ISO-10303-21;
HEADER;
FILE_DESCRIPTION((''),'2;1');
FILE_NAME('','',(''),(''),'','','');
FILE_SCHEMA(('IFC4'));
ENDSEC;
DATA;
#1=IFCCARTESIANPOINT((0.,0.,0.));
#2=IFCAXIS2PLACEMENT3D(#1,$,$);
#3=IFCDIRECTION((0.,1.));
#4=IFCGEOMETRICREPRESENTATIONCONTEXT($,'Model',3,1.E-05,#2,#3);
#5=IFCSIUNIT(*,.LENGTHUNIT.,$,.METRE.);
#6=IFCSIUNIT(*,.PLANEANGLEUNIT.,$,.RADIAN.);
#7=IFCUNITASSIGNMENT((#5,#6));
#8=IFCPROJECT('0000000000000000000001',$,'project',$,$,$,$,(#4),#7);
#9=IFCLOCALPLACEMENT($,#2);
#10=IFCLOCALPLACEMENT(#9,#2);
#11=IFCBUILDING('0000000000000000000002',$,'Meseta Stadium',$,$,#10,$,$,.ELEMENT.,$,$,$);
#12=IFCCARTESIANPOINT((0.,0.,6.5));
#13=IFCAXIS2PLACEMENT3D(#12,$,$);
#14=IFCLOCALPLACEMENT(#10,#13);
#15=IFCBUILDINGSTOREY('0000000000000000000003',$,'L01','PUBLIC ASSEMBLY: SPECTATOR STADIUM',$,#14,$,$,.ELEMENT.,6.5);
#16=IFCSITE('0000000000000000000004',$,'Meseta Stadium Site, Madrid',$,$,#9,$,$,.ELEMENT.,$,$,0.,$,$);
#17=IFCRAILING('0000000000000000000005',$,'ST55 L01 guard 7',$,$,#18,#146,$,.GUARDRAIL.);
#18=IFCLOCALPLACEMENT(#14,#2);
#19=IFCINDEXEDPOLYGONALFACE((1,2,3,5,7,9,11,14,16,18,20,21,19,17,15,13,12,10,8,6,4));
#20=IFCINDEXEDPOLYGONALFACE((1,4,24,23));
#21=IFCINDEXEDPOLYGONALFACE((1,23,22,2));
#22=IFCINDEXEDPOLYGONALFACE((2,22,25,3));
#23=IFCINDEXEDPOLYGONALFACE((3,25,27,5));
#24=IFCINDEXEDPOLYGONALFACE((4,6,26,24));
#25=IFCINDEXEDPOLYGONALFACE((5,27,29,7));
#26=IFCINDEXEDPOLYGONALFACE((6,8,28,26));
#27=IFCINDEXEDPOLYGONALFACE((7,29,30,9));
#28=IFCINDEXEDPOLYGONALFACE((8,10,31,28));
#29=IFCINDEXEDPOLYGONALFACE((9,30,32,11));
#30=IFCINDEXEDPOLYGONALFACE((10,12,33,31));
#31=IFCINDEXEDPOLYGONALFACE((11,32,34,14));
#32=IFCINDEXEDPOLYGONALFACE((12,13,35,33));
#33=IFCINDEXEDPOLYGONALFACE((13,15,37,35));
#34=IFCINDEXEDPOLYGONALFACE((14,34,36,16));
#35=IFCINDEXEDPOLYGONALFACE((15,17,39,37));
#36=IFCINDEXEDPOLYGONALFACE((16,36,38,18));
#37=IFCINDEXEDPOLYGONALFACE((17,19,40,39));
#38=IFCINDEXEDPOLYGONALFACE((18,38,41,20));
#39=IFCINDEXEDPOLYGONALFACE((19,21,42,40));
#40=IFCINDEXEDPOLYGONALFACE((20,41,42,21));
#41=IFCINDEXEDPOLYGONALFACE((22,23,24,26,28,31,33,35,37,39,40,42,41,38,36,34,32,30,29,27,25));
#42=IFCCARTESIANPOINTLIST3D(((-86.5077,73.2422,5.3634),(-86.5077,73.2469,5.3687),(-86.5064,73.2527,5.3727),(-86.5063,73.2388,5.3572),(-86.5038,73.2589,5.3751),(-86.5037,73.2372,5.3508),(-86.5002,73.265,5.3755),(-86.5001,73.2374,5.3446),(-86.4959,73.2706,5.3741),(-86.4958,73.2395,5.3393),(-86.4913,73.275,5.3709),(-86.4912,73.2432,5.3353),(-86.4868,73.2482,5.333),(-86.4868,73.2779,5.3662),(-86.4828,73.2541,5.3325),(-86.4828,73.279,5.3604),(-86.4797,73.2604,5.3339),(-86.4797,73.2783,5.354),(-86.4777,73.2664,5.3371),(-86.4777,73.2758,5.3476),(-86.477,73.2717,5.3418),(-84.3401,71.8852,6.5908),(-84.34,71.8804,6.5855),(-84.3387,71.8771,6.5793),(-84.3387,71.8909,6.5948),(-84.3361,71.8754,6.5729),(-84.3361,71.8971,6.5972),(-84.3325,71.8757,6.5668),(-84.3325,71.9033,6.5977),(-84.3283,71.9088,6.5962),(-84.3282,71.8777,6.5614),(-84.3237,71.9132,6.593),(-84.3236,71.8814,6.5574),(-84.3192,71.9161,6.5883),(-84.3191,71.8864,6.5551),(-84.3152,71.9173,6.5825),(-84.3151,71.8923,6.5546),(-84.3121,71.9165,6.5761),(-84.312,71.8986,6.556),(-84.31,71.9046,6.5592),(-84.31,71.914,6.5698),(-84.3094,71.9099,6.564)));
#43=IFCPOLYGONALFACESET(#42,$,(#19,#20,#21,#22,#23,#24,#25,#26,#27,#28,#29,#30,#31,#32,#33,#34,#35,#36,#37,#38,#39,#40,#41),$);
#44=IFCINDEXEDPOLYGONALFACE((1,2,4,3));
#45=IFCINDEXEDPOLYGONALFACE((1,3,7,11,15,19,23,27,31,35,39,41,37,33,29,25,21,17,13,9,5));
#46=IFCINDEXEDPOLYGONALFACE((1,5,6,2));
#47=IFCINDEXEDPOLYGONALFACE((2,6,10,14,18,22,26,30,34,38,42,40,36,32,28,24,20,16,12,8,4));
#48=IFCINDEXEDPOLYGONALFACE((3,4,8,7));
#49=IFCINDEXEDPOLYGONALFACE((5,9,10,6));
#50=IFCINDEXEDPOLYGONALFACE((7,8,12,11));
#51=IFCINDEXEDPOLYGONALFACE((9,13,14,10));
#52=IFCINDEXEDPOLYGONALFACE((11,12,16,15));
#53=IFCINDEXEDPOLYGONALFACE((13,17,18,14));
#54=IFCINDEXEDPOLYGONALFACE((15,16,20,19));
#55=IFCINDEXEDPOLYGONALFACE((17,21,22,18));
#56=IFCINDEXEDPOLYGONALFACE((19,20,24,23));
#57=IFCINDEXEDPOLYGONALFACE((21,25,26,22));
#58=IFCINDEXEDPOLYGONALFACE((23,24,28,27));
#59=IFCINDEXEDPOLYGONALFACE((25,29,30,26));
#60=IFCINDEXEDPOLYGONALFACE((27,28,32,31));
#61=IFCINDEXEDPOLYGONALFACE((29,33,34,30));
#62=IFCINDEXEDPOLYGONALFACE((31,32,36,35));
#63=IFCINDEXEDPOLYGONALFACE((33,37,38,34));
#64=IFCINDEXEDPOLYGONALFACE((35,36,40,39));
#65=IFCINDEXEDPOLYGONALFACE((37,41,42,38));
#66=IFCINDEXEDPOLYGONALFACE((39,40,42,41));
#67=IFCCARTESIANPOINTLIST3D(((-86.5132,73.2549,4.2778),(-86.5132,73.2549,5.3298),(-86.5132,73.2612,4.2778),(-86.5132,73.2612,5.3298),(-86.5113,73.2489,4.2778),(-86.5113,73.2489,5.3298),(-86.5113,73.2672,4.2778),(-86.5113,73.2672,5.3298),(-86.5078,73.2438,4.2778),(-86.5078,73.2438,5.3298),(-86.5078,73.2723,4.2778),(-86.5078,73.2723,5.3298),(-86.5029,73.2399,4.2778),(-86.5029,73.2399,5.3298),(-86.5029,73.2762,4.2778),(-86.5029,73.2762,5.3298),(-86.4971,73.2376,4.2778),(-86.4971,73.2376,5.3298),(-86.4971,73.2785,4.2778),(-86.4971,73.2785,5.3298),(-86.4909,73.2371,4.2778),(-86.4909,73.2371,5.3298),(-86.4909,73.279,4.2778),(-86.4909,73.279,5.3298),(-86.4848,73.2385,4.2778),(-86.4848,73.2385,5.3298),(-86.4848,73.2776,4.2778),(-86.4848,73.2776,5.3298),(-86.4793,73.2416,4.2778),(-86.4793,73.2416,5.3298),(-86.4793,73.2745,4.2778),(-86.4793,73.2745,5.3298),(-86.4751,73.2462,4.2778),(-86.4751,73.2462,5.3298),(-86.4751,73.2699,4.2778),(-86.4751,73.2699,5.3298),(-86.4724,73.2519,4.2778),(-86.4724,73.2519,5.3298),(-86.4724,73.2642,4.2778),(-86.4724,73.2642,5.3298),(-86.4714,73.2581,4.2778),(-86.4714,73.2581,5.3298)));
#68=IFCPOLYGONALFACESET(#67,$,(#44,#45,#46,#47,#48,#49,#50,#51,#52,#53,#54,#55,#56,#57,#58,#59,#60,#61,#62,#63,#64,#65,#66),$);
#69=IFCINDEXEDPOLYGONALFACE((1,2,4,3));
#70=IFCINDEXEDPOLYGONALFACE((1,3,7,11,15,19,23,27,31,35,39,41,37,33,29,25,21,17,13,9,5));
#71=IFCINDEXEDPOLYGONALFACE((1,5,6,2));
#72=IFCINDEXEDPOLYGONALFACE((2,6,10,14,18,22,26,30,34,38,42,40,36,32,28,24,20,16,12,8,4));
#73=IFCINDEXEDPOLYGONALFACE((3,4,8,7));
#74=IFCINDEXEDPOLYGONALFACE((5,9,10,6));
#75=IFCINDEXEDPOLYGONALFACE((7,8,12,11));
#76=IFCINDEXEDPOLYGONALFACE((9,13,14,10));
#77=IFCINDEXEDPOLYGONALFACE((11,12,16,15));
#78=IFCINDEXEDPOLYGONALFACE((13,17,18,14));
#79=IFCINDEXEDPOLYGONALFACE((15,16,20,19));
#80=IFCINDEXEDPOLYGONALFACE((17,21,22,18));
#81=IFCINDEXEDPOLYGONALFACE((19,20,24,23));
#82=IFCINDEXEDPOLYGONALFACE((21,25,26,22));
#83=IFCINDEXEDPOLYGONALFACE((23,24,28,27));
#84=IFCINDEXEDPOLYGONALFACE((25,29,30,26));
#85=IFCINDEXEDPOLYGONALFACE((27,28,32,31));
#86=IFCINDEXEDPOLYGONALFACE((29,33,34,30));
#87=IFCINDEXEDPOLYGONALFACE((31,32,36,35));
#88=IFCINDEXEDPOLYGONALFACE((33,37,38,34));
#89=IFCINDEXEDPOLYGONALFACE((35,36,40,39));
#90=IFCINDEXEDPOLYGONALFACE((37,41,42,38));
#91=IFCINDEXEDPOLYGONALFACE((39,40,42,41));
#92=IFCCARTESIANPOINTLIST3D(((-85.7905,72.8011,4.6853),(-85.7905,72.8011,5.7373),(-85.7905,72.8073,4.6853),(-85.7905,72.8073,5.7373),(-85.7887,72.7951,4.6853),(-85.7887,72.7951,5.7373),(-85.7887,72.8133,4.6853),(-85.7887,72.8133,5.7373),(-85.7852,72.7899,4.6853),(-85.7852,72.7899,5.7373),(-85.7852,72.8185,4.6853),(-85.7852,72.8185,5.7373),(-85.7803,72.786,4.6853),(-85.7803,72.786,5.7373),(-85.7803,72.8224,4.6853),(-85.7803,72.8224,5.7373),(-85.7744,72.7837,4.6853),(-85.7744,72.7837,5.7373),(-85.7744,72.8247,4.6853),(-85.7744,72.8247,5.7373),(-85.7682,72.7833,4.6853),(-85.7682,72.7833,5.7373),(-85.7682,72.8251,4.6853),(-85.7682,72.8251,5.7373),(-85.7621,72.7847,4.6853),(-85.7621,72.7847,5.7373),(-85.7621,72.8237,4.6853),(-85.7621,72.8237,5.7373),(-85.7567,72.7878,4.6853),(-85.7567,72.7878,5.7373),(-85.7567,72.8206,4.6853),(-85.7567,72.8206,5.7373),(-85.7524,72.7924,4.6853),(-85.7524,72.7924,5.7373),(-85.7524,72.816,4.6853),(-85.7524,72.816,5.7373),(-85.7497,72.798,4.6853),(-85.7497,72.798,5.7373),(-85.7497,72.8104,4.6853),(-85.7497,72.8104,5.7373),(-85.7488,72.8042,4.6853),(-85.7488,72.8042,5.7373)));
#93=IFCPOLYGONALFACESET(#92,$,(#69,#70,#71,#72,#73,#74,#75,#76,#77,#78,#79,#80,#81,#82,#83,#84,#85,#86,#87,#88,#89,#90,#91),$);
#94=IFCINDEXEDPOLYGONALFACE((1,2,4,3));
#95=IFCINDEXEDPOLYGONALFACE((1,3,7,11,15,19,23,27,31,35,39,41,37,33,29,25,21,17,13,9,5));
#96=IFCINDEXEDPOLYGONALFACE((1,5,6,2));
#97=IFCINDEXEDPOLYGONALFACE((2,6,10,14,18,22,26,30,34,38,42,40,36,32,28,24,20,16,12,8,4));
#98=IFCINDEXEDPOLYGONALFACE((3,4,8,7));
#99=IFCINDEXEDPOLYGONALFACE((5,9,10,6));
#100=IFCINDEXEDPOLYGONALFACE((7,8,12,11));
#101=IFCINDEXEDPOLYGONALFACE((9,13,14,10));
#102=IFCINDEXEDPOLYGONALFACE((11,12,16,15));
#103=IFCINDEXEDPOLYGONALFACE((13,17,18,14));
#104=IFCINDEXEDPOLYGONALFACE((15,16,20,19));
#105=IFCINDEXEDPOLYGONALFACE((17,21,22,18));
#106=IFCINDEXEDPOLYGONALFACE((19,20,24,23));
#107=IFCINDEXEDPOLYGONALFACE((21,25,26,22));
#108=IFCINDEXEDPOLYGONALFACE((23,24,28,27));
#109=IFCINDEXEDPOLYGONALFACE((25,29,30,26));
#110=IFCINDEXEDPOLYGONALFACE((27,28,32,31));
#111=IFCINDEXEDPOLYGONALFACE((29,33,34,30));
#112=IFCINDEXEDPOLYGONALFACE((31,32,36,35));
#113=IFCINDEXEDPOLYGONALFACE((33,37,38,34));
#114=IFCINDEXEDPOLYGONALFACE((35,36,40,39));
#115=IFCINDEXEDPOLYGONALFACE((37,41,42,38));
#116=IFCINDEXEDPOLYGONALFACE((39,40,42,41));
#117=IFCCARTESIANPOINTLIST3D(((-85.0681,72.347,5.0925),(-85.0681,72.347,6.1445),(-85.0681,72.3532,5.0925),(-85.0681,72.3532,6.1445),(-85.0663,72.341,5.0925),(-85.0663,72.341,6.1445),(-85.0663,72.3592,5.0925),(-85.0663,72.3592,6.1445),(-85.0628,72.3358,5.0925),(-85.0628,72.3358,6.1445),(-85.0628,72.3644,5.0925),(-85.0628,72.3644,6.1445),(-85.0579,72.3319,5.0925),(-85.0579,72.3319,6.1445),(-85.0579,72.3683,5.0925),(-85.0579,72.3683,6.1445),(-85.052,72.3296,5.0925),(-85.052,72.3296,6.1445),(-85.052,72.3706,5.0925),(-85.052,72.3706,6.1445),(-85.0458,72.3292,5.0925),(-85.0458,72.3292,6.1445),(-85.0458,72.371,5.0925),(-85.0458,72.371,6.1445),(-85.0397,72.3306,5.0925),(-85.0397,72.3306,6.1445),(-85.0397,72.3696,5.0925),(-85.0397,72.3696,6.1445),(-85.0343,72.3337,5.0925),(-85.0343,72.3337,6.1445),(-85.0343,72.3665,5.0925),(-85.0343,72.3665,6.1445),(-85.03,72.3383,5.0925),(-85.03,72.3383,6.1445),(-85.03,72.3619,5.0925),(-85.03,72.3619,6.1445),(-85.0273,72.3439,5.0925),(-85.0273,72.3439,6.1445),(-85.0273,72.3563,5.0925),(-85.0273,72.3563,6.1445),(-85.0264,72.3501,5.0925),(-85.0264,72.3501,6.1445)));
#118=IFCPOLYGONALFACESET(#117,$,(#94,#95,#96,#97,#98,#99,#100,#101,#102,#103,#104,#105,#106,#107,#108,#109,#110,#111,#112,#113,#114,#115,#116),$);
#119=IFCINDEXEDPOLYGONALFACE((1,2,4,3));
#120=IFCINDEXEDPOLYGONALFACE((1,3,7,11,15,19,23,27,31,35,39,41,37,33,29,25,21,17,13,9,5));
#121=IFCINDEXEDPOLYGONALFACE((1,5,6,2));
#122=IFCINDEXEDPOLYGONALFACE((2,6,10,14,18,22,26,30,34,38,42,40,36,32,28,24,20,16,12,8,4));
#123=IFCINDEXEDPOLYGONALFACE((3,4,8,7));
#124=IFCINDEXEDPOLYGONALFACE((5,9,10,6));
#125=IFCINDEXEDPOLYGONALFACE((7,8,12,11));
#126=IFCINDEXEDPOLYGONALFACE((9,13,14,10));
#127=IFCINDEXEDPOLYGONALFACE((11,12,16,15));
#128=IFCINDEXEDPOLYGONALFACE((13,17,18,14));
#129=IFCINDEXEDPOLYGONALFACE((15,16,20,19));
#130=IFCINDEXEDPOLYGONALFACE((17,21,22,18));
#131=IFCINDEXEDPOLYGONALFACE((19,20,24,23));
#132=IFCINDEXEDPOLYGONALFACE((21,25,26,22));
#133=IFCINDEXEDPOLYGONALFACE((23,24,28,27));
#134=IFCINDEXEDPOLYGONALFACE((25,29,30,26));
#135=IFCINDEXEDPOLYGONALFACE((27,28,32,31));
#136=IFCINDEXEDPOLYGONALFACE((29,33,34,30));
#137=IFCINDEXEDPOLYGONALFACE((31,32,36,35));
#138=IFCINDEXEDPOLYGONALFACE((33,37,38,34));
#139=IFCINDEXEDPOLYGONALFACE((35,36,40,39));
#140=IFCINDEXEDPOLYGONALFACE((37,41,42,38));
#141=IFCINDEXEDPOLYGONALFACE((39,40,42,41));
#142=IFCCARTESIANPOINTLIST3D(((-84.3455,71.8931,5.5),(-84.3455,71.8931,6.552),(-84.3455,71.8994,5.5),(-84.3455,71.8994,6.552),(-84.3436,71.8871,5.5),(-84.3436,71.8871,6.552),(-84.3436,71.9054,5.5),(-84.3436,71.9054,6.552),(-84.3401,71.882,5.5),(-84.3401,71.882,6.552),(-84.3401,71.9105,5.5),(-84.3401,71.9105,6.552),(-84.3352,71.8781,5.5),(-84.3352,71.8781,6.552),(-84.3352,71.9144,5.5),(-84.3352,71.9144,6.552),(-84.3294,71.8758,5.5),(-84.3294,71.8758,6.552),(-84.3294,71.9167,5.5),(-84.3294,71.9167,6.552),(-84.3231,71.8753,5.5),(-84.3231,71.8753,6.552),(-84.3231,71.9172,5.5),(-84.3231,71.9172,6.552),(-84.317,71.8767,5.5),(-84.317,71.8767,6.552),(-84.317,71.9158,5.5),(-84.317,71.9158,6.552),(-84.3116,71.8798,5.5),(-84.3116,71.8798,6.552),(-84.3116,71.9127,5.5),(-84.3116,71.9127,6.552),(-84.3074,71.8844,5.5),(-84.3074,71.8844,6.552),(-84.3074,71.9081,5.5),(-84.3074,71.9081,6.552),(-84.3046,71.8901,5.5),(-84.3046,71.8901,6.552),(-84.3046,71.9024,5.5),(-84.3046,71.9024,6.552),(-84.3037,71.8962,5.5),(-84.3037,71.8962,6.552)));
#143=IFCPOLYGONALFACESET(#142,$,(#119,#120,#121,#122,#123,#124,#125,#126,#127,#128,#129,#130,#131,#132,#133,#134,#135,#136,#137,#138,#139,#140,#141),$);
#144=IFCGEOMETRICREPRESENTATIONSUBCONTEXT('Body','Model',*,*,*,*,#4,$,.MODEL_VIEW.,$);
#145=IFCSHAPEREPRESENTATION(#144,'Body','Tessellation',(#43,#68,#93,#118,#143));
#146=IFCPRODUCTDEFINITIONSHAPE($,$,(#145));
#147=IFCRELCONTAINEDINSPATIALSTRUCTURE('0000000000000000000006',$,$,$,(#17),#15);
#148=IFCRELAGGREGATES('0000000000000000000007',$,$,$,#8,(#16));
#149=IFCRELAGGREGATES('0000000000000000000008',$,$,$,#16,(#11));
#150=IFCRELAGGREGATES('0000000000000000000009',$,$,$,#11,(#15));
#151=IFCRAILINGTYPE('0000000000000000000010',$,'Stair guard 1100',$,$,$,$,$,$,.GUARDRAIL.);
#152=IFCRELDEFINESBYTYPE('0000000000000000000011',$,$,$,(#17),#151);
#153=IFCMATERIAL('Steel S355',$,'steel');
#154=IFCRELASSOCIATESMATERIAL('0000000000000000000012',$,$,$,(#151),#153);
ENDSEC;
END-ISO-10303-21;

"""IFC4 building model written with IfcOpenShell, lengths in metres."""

from ifc_helpers import new_model, si_unit, direction, frame, origin, origin_2d, place, context, subcontext, project, spatial, circle, extrude, material, type_object, element, save


model = new_model("IFC4")

# Units and contexts
model_context = context("Model", 3, precision=1e-05, world=origin(), true_north=direction((0.0, 1.0)))
body_context = subcontext(model_context, "Body", "Model", "MODEL_VIEW")
ifc_project = project(units=[si_unit("LENGTHUNIT", "METRE"), si_unit("PLANEANGLEUNIT", "RADIAN")], contexts=[model_context])

# Site, building, storey
site_placement = place(None, origin())
site = spatial("IfcSite", under=ifc_project, at=site_placement, Name="Meseta Stadium Site, Madrid", CompositionType="ELEMENT", RefElevation=0.0)
building_placement = place(site_placement, origin())
building = spatial("IfcBuilding", under=site, at=building_placement, Name="Meseta Stadium", CompositionType="ELEMENT")
storey_placement = place(building_placement, frame((0.0, 0.0, 6.5)))
storey = spatial("IfcBuildingStorey", under=building, at=storey_placement, Name="L01", Description="PUBLIC ASSEMBLY: SPECTATOR STADIUM", CompositionType="ELEMENT", Elevation=6.5)

# Railing
ifc_material_1 = material(Name="Steel S355", Category="steel")
railing_type_1 = type_object("IfcRailingType", Name="Stair guard 1100", PredefinedType="GUARDRAIL", material=ifc_material_1)
railing_1_placement = place(storey_placement, frame((-86.4924, 73.2581, 4.2778)))
element("IfcRailing", 1, at=railing_1_placement, inside=storey, type_object=railing_type_1, Name="ST55 L01 guard 7", PredefinedType="GUARDRAIL", context=body_context, shape_type="SweptSolid", body=[
    extrude(circle(Radius=0.0239, at=origin_2d()), frame((0.0, 0.0, 1.0762), z_axis=(0.764152, -0.480059, 0.430831), x_axis=(0.531961, 0.846769, 0.0)), (0.0, 0.0, 1.0), 2.8367),
    extrude(circle(Radius=0.021, at=origin_2d()), origin(), (0.0, 0.0, 1.0), 1.052),
    extrude(circle(Radius=0.021, at=origin_2d()), frame((0.7227, -0.4539, 0.4075)), (0.0, 0.0, 1.0), 1.052),
    extrude(circle(Radius=0.021, at=origin_2d()), frame((1.4451, -0.908, 0.8147)), (0.0, 0.0, 1.0), 1.052),
    extrude(circle(Radius=0.021, at=origin_2d()), frame((2.1677, -1.3618, 1.2222)), (0.0, 0.0, 1.0), 1.052),
])

save(model, "model.ifc")
